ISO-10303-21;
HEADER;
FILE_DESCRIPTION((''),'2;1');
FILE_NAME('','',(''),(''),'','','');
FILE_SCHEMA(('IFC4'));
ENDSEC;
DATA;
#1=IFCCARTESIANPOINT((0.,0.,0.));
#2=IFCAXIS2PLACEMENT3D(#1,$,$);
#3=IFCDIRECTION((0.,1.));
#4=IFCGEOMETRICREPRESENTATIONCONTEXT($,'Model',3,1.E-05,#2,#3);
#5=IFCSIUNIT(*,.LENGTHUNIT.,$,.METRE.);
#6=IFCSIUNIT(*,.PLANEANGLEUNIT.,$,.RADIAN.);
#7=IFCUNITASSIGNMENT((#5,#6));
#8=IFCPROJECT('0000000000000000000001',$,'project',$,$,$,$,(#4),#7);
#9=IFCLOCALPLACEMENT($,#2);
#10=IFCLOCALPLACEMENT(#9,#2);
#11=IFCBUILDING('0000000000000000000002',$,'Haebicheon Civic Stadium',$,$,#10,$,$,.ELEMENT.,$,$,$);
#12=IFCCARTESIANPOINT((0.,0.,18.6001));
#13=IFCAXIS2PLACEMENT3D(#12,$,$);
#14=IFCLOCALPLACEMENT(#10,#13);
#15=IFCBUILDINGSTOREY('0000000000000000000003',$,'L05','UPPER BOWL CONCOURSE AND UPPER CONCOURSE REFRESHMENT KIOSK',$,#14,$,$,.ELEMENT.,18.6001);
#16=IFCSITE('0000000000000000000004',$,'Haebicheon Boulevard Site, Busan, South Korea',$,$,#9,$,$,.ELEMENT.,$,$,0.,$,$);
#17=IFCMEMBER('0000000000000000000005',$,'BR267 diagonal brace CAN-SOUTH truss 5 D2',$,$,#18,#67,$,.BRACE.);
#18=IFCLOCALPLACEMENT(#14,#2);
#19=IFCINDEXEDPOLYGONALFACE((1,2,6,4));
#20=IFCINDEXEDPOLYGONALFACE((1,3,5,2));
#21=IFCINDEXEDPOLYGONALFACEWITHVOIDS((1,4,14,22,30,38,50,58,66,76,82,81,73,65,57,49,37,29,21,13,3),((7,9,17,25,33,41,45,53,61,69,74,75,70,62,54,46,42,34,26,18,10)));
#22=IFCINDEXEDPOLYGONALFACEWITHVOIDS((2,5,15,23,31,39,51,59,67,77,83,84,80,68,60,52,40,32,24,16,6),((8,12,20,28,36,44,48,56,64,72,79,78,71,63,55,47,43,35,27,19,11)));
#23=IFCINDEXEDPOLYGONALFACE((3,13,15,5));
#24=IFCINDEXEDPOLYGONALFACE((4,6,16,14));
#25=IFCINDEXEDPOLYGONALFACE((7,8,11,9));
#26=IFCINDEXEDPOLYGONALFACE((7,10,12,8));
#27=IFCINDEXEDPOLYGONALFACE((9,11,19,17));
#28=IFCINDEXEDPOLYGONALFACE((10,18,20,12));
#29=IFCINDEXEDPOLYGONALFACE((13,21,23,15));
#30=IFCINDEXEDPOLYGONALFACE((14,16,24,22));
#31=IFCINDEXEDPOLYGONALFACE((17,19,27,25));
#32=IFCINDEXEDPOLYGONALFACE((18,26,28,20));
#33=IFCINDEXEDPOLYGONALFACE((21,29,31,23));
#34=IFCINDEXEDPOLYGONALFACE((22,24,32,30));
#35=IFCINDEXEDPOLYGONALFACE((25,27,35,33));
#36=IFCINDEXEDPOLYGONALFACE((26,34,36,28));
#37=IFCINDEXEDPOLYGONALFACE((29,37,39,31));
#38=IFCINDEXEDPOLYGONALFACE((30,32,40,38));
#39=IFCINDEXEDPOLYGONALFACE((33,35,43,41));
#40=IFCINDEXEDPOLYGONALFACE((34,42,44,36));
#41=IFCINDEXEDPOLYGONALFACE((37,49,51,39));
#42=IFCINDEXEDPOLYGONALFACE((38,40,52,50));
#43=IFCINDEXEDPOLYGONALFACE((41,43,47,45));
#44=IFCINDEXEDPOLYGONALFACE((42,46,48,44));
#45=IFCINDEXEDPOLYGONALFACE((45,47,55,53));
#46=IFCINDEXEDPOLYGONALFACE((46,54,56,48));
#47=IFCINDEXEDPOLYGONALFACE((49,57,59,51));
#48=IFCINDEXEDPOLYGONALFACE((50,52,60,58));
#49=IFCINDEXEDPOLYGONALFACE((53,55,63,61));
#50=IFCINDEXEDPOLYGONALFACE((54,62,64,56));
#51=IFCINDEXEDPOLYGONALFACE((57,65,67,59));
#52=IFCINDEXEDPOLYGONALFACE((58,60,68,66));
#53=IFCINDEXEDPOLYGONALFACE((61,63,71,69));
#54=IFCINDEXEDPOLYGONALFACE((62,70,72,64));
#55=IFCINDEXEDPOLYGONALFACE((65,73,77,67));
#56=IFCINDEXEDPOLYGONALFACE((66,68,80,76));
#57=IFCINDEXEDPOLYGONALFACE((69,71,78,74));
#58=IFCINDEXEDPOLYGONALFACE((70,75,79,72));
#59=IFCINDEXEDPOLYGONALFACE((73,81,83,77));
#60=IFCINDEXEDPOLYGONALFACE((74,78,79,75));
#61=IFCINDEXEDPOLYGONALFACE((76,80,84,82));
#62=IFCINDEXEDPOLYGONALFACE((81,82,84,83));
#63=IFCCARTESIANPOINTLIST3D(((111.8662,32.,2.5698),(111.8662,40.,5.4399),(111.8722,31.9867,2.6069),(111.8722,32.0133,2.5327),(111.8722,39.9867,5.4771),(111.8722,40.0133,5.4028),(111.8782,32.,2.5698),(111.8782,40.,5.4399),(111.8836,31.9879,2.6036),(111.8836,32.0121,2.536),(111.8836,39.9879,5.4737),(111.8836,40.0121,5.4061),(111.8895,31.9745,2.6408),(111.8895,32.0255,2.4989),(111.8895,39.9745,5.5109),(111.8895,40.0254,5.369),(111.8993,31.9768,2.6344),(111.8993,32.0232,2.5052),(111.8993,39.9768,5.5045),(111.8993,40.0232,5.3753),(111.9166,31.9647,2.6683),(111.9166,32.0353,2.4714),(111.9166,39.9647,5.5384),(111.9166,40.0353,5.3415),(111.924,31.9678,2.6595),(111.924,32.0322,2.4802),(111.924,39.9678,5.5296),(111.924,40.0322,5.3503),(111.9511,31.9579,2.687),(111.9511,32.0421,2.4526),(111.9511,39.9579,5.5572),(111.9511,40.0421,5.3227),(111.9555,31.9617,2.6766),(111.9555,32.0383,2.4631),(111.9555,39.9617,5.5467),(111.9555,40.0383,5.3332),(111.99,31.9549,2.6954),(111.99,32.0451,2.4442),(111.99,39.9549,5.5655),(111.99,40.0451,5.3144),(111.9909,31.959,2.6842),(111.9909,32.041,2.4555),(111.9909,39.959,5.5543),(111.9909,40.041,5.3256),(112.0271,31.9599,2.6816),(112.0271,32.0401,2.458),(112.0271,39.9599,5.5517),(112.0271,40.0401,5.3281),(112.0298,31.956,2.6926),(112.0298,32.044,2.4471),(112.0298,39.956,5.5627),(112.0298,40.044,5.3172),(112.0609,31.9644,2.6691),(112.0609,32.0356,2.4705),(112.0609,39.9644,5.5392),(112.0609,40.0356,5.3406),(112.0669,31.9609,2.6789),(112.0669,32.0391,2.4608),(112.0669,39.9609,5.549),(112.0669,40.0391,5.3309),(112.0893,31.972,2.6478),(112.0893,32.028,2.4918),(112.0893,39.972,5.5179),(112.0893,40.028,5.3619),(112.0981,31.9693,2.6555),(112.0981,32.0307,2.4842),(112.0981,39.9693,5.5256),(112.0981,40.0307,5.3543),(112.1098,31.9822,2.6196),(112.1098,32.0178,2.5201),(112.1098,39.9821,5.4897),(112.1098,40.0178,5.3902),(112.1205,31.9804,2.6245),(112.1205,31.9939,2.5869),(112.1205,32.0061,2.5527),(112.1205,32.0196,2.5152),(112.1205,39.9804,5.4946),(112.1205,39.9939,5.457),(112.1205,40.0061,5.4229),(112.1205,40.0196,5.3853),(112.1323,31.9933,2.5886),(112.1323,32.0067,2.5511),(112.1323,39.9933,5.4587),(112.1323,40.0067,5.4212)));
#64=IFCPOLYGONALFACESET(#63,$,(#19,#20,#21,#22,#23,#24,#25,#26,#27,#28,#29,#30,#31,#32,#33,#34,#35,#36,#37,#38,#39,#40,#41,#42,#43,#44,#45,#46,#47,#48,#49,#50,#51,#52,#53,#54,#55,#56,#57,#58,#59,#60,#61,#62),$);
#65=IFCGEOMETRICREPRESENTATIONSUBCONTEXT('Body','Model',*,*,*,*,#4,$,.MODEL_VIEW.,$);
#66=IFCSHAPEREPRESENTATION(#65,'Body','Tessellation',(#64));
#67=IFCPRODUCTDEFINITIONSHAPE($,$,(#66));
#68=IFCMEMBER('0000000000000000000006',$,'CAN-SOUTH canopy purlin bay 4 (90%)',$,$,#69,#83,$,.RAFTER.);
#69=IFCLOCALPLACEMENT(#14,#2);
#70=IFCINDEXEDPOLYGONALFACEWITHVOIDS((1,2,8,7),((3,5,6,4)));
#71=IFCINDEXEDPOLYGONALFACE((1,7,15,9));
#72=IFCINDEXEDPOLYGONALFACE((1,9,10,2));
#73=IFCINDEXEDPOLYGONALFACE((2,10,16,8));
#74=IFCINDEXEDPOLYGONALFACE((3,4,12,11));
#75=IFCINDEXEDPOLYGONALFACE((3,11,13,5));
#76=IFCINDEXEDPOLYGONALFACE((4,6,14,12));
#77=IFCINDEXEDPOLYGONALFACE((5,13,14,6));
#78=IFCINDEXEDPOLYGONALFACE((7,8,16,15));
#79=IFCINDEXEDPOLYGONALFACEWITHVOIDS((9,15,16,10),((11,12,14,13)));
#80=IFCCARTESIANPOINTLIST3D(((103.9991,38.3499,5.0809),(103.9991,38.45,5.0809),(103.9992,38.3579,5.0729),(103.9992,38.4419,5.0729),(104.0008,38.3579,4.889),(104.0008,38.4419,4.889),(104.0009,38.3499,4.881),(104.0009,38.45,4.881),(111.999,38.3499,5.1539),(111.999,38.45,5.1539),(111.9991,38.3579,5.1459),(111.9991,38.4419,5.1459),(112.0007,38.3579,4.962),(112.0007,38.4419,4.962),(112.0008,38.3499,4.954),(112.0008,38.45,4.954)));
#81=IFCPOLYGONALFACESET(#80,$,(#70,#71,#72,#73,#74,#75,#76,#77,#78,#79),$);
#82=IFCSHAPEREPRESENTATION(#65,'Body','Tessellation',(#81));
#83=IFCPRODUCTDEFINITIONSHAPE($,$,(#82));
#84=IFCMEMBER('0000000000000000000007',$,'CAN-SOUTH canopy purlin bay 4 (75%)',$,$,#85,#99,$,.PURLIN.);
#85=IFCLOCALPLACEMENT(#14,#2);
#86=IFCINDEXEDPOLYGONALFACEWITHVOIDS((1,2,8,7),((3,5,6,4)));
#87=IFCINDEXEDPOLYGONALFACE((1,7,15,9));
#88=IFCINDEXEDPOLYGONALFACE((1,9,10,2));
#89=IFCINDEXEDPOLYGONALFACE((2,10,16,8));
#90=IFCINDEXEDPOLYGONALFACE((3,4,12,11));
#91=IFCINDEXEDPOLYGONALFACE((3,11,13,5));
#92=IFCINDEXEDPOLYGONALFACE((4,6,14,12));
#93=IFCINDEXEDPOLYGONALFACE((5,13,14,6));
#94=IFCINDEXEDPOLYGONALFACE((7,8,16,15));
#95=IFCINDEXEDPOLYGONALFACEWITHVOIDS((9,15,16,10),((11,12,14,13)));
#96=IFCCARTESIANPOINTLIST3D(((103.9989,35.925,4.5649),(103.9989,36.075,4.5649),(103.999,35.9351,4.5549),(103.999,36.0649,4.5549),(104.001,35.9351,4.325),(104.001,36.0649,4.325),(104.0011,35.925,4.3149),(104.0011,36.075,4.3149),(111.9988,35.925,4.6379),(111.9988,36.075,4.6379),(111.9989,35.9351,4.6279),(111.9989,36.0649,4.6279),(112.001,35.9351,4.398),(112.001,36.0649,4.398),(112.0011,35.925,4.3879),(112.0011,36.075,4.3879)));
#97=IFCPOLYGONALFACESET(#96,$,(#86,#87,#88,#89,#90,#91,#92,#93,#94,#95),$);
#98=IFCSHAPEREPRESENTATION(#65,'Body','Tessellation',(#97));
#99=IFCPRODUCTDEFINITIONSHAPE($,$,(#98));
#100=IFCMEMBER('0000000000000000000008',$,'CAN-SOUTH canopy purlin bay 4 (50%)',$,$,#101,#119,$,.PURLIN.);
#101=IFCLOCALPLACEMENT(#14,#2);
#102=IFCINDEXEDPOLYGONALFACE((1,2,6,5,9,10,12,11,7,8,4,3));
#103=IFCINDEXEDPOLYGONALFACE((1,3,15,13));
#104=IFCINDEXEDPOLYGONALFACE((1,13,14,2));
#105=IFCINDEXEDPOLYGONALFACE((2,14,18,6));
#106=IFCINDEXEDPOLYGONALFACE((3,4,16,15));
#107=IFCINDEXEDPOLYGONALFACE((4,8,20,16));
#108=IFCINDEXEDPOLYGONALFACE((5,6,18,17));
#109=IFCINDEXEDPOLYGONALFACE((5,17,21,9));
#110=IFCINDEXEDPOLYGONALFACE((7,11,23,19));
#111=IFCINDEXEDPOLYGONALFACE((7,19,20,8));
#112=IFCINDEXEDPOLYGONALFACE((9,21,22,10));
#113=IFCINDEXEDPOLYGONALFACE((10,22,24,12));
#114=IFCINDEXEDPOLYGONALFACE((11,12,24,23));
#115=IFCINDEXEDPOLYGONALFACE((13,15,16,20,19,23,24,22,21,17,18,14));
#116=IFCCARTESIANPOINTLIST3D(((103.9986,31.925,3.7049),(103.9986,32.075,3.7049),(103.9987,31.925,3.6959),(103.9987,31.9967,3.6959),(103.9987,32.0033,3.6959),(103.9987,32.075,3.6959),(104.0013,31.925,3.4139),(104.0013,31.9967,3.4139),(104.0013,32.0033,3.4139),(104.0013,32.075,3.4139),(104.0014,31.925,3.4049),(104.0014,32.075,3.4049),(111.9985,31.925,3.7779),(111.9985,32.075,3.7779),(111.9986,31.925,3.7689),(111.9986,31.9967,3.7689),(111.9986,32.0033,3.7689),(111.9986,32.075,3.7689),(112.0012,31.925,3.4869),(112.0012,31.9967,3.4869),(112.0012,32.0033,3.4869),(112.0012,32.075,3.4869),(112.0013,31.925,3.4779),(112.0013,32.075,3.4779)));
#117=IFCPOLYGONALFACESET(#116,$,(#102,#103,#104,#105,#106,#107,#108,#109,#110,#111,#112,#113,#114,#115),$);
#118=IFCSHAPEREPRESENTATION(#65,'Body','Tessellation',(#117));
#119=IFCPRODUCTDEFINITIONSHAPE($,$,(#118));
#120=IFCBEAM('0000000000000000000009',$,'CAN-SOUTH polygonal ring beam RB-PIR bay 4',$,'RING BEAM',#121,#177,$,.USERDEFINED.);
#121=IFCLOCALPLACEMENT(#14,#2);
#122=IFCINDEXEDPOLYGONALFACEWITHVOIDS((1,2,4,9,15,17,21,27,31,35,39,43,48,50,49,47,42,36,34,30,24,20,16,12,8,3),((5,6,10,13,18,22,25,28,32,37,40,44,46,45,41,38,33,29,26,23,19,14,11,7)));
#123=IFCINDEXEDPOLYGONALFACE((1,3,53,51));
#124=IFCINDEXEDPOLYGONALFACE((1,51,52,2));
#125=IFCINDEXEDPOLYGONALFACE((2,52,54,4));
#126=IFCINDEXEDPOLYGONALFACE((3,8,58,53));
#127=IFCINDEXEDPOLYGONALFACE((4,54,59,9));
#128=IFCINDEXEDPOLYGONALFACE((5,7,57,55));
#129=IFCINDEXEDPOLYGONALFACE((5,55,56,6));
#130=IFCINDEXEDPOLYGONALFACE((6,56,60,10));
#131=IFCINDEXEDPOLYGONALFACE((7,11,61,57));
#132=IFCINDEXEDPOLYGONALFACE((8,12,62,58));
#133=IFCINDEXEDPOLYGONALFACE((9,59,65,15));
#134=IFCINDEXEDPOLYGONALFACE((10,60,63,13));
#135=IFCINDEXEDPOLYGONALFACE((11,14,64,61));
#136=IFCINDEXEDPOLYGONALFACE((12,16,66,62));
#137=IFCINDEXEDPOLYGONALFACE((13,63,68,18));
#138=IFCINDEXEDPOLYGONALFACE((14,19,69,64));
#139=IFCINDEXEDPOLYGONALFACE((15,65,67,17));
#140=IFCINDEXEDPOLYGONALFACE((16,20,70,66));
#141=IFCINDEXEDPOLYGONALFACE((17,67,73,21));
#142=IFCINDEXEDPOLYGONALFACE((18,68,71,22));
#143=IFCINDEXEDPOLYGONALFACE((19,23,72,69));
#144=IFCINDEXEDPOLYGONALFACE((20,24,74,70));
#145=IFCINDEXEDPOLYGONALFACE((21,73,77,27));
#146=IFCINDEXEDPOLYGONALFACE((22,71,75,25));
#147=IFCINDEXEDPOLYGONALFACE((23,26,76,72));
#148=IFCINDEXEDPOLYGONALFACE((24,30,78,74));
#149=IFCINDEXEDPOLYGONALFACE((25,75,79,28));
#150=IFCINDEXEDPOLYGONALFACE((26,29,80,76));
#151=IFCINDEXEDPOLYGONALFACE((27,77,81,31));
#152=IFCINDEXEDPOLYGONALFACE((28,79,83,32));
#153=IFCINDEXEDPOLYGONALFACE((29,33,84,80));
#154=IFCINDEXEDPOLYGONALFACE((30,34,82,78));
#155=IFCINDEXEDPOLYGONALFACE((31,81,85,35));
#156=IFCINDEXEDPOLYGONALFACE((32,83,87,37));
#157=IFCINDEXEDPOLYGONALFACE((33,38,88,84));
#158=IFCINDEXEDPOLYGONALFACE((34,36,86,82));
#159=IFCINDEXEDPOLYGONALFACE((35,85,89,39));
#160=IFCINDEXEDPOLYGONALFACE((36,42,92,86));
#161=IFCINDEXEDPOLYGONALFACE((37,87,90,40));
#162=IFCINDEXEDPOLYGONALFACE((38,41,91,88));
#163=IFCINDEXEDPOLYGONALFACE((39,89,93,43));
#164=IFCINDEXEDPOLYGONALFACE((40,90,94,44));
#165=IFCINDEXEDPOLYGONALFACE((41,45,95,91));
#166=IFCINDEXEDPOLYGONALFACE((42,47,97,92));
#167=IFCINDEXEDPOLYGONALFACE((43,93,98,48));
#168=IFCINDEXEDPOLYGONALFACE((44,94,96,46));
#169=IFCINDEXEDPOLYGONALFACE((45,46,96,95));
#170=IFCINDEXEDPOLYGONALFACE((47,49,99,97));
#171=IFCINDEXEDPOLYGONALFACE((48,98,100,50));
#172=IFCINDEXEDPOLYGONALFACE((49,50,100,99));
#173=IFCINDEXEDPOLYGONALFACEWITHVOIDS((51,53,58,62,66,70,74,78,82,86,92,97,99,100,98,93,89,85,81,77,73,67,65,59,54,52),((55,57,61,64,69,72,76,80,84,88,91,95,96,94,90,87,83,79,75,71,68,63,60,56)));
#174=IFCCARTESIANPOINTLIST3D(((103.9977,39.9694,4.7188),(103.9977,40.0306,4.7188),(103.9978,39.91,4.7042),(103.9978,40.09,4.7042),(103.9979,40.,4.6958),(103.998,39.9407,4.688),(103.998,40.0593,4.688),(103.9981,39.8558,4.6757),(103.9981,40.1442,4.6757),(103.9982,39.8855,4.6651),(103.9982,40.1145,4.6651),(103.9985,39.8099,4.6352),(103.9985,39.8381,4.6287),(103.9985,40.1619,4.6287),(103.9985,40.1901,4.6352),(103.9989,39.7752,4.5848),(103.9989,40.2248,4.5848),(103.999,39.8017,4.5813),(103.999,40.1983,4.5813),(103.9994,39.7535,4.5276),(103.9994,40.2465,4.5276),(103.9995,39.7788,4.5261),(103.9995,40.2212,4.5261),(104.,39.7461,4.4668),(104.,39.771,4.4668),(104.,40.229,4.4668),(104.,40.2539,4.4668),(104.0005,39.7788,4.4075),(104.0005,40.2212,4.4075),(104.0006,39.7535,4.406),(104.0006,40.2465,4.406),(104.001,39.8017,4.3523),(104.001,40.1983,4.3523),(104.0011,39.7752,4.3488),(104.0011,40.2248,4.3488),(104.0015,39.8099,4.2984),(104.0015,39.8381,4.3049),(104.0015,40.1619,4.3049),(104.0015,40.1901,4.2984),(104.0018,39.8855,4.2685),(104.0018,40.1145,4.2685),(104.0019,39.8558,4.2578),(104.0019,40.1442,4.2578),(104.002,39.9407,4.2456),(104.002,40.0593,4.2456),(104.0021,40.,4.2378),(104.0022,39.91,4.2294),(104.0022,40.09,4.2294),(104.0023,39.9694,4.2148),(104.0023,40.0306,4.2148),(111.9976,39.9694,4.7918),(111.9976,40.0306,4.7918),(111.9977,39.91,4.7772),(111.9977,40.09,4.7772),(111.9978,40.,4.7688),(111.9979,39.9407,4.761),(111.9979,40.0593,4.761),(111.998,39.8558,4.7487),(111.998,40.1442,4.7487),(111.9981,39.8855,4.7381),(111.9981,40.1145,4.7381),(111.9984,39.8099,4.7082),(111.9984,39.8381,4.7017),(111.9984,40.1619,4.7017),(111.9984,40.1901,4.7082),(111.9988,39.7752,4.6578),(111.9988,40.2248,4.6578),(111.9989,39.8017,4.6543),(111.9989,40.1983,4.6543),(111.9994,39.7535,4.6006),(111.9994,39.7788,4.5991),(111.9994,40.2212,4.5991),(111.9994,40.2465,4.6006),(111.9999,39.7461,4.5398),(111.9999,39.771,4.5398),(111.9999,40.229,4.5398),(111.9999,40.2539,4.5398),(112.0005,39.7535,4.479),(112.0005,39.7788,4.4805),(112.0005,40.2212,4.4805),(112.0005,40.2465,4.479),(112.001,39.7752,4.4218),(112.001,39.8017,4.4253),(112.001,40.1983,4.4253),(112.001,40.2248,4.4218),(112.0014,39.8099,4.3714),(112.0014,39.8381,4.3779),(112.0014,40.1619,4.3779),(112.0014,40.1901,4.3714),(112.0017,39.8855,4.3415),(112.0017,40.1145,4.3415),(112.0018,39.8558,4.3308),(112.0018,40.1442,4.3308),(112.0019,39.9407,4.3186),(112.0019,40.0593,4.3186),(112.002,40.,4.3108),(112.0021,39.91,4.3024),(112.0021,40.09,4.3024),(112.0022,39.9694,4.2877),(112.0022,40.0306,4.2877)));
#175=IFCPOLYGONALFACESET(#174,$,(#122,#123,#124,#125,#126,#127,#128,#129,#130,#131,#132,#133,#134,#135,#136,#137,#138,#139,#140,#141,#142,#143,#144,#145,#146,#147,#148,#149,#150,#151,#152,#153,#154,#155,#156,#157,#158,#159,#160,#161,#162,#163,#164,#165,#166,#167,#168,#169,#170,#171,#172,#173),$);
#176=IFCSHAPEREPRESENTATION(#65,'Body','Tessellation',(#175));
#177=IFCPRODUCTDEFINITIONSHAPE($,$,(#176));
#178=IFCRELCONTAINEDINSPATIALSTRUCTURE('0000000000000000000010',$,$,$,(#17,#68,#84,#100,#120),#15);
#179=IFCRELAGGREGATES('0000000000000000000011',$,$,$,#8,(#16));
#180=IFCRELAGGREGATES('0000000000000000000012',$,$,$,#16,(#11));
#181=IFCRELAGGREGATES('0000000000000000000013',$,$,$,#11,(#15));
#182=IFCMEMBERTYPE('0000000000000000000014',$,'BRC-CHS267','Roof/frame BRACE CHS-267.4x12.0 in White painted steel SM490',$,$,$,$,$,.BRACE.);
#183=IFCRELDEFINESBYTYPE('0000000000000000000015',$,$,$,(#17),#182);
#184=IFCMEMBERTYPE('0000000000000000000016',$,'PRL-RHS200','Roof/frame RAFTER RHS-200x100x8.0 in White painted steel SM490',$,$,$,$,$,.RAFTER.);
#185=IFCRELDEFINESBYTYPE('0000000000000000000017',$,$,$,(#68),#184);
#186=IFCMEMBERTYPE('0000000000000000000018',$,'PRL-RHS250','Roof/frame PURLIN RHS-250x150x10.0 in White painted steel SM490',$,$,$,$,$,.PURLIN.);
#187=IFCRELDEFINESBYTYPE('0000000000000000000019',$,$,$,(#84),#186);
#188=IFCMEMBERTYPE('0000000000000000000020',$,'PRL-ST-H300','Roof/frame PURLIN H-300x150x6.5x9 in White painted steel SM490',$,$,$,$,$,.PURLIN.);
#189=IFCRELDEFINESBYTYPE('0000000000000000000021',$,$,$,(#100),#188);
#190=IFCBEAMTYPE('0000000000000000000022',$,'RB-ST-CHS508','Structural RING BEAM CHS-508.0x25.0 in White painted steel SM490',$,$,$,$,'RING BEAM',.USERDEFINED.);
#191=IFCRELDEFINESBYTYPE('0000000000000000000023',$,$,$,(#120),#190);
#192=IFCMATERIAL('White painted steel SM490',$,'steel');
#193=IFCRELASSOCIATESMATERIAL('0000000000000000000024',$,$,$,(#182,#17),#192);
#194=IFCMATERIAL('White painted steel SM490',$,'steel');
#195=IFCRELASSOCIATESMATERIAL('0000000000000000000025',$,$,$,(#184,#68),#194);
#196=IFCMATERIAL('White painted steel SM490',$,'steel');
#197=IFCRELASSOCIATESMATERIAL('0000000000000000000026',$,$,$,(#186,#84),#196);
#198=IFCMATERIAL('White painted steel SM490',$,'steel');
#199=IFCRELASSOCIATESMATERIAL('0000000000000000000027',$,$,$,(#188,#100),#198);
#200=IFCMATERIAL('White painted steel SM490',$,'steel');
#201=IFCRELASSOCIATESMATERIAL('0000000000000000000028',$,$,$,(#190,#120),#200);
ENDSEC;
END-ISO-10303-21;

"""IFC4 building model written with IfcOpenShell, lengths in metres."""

from ifc_helpers import new_model, si_unit, direction, frame, origin, origin_2d, place, context, subcontext, project, spatial, hollow_rectangle, hollow_circle, i_section, extrude, material, material_profile, profile_set, type_object, element, save


model = new_model("IFC4")

# Units and contexts
model_context = context("Model", 3, precision=1e-05, world=origin(), true_north=direction((0.0, 1.0)))
body_context = subcontext(model_context, "Body", "Model", "MODEL_VIEW")
ifc_project = project(units=[si_unit("LENGTHUNIT", "METRE"), si_unit("PLANEANGLEUNIT", "RADIAN")], contexts=[model_context])

# Site, building, storey
site_placement = place(None, origin())
site = spatial("IfcSite", under=ifc_project, at=site_placement, Name="Haebicheon Boulevard Site, Busan, South Korea", CompositionType="ELEMENT", RefElevation=0.0)
building_placement = place(site_placement, origin())
building = spatial("IfcBuilding", under=site, at=building_placement, Name="Haebicheon Civic Stadium", CompositionType="ELEMENT")
storey_placement = place(building_placement, frame((0.0, 0.0, 18.6001)))
storey = spatial("IfcBuildingStorey", under=building, at=storey_placement, Name="L05", Description="UPPER BOWL CONCOURSE AND UPPER CONCOURSE REFRESHMENT KIOSK", CompositionType="ELEMENT", Elevation=18.6001)

# Members
ifc_material_1 = material(Name="White painted steel SM490", Category="steel")
ifc_material_profile_1 = material_profile(ifc_material_1, hollow_circle(Radius=0.1338, WallThickness=0.012, at=origin_2d()), Name="CHS-267.4x12.0")
ifc_profile_set_1 = profile_set([ifc_material_profile_1], Name="White painted steel SM490")
member_type_1 = type_object("IfcMemberType", Name="BRC-CHS267", Description="Roof/frame BRACE CHS-267.4x12.0 in White painted steel SM490", PredefinedType="BRACE", material=ifc_profile_set_1)
for number, where, z_axis, x_axis, name in (
    (1, (112.0, 32.0, 2.5698), (0.0, 0.941257, 0.33769), (-1.0, 0.0, 0.0), "BR267 diagonal brace CAN-SOUTH truss 5 D2"),
):
    element("IfcMember", number, at=place(storey_placement, frame(where, z_axis=z_axis, x_axis=x_axis)), inside=storey, type_object=member_type_1, material=ifc_profile_set_1, Name=name, PredefinedType="BRACE", context=body_context, shape_type="SweptSolid", body=[
        extrude(hollow_circle(Radius=0.1338, WallThickness=0.012, at=origin_2d()), origin(), (0.0, 0.0, 1.0), 8.4993),
    ])
ifc_material_2 = material(Name="White painted steel SM490", Category="steel")
ifc_material_profile_2 = material_profile(ifc_material_2, hollow_rectangle(XDim=0.1001, YDim=0.2, WallThickness=0.0081, at=origin_2d()), Name="RHS-200x100x8.0")
ifc_profile_set_2 = profile_set([ifc_material_profile_2], Name="White painted steel SM490")
member_type_2 = type_object("IfcMemberType", Name="PRL-RHS200", Description="Roof/frame RAFTER RHS-200x100x8.0 in White painted steel SM490", PredefinedType="RAFTER", material=ifc_profile_set_2)
member_1_placement = place(storey_placement, frame((104.0, 38.3999, 4.981), z_axis=(0.999958, 0.0, 0.009124), x_axis=(0.0, 1.0, 0.0)))
element("IfcMember", 2, at=member_1_placement, inside=storey, type_object=member_type_2, material=ifc_profile_set_2, Name="CAN-SOUTH canopy purlin bay 4 (90%)", PredefinedType="RAFTER", context=body_context, shape_type="SweptSolid", body=[
    extrude(hollow_rectangle(XDim=0.1001, YDim=0.2, WallThickness=0.0081, at=origin_2d()), origin(), (0.0, 0.0, 1.0), 8.0002),
])
ifc_material_3 = material(Name="White painted steel SM490", Category="steel")
ifc_material_profile_3 = material_profile(ifc_material_3, hollow_rectangle(XDim=0.1499, YDim=0.25, WallThickness=0.01, at=origin_2d()), Name="RHS-250x150x10.0")
ifc_profile_set_3 = profile_set([ifc_material_profile_3], Name="White painted steel SM490")
member_type_3 = type_object("IfcMemberType", Name="PRL-RHS250", Description="Roof/frame PURLIN RHS-250x150x10.0 in White painted steel SM490", PredefinedType="PURLIN", material=ifc_profile_set_3)
member_2_placement = place(storey_placement, frame((104.0, 36.0, 4.4399), z_axis=(0.999958, 0.0, 0.009124), x_axis=(0.0, 1.0, 0.0)))
element("IfcMember", 3, at=member_2_placement, inside=storey, type_object=member_type_3, material=ifc_profile_set_3, Name="CAN-SOUTH canopy purlin bay 4 (75%)", PredefinedType="PURLIN", context=body_context, shape_type="SweptSolid", body=[
    extrude(hollow_rectangle(XDim=0.1499, YDim=0.25, WallThickness=0.01, at=origin_2d()), origin(), (0.0, 0.0, 1.0), 8.0002),
])
ifc_material_4 = material(Name="White painted steel SM490", Category="steel")
ifc_material_profile_4 = material_profile(ifc_material_4, i_section(OverallWidth=0.1499, OverallDepth=0.3, WebThickness=0.0066, FlangeThickness=0.009, at=origin_2d()), Name="H-300x150x6.5x9")
ifc_profile_set_4 = profile_set([ifc_material_profile_4], Name="White painted steel SM490")
member_type_4 = type_object("IfcMemberType", Name="PRL-ST-H300", Description="Roof/frame PURLIN H-300x150x6.5x9 in White painted steel SM490", PredefinedType="PURLIN", material=ifc_profile_set_4)
member_3_placement = place(storey_placement, frame((104.0, 32.0, 3.5549), z_axis=(0.999958, 0.0, 0.009124), x_axis=(0.0, 1.0, 0.0)))
element("IfcMember", 4, at=member_3_placement, inside=storey, type_object=member_type_4, material=ifc_profile_set_4, Name="CAN-SOUTH canopy purlin bay 4 (50%)", PredefinedType="PURLIN", context=body_context, shape_type="SweptSolid", body=[
    extrude(i_section(OverallWidth=0.1499, OverallDepth=0.3, WebThickness=0.0066, FlangeThickness=0.009, at=origin_2d()), origin(), (0.0, 0.0, 1.0), 8.0002),
])

# Beam
ifc_material_5 = material(Name="White painted steel SM490", Category="steel")
ifc_material_profile_5 = material_profile(ifc_material_5, hollow_circle(Radius=0.2539, WallThickness=0.0249, at=origin_2d()), Name="CHS-508.0x25.0")
ifc_profile_set_5 = profile_set([ifc_material_profile_5], Name="White painted steel SM490")
beam_type_1 = type_object("IfcBeamType", Name="RB-ST-CHS508", Description="Structural RING BEAM CHS-508.0x25.0 in White painted steel SM490", ElementType="RING BEAM", PredefinedType="USERDEFINED", material=ifc_profile_set_5)
beam_1_placement = place(storey_placement, frame((104.0, 40.0, 4.4668), z_axis=(0.999958, 0.0, 0.009124), x_axis=(0.0, 1.0, 0.0)))
element("IfcBeam", 5, at=beam_1_placement, inside=storey, type_object=beam_type_1, material=ifc_profile_set_5, Name="CAN-SOUTH polygonal ring beam RB-PIR bay 4", ObjectType="RING BEAM", PredefinedType="USERDEFINED", context=body_context, shape_type="SweptSolid", body=[
    extrude(hollow_circle(Radius=0.2539, WallThickness=0.0249, at=origin_2d()), origin(), (0.0, 0.0, 1.0), 8.0002),
])

save(model, "model.ifc")
